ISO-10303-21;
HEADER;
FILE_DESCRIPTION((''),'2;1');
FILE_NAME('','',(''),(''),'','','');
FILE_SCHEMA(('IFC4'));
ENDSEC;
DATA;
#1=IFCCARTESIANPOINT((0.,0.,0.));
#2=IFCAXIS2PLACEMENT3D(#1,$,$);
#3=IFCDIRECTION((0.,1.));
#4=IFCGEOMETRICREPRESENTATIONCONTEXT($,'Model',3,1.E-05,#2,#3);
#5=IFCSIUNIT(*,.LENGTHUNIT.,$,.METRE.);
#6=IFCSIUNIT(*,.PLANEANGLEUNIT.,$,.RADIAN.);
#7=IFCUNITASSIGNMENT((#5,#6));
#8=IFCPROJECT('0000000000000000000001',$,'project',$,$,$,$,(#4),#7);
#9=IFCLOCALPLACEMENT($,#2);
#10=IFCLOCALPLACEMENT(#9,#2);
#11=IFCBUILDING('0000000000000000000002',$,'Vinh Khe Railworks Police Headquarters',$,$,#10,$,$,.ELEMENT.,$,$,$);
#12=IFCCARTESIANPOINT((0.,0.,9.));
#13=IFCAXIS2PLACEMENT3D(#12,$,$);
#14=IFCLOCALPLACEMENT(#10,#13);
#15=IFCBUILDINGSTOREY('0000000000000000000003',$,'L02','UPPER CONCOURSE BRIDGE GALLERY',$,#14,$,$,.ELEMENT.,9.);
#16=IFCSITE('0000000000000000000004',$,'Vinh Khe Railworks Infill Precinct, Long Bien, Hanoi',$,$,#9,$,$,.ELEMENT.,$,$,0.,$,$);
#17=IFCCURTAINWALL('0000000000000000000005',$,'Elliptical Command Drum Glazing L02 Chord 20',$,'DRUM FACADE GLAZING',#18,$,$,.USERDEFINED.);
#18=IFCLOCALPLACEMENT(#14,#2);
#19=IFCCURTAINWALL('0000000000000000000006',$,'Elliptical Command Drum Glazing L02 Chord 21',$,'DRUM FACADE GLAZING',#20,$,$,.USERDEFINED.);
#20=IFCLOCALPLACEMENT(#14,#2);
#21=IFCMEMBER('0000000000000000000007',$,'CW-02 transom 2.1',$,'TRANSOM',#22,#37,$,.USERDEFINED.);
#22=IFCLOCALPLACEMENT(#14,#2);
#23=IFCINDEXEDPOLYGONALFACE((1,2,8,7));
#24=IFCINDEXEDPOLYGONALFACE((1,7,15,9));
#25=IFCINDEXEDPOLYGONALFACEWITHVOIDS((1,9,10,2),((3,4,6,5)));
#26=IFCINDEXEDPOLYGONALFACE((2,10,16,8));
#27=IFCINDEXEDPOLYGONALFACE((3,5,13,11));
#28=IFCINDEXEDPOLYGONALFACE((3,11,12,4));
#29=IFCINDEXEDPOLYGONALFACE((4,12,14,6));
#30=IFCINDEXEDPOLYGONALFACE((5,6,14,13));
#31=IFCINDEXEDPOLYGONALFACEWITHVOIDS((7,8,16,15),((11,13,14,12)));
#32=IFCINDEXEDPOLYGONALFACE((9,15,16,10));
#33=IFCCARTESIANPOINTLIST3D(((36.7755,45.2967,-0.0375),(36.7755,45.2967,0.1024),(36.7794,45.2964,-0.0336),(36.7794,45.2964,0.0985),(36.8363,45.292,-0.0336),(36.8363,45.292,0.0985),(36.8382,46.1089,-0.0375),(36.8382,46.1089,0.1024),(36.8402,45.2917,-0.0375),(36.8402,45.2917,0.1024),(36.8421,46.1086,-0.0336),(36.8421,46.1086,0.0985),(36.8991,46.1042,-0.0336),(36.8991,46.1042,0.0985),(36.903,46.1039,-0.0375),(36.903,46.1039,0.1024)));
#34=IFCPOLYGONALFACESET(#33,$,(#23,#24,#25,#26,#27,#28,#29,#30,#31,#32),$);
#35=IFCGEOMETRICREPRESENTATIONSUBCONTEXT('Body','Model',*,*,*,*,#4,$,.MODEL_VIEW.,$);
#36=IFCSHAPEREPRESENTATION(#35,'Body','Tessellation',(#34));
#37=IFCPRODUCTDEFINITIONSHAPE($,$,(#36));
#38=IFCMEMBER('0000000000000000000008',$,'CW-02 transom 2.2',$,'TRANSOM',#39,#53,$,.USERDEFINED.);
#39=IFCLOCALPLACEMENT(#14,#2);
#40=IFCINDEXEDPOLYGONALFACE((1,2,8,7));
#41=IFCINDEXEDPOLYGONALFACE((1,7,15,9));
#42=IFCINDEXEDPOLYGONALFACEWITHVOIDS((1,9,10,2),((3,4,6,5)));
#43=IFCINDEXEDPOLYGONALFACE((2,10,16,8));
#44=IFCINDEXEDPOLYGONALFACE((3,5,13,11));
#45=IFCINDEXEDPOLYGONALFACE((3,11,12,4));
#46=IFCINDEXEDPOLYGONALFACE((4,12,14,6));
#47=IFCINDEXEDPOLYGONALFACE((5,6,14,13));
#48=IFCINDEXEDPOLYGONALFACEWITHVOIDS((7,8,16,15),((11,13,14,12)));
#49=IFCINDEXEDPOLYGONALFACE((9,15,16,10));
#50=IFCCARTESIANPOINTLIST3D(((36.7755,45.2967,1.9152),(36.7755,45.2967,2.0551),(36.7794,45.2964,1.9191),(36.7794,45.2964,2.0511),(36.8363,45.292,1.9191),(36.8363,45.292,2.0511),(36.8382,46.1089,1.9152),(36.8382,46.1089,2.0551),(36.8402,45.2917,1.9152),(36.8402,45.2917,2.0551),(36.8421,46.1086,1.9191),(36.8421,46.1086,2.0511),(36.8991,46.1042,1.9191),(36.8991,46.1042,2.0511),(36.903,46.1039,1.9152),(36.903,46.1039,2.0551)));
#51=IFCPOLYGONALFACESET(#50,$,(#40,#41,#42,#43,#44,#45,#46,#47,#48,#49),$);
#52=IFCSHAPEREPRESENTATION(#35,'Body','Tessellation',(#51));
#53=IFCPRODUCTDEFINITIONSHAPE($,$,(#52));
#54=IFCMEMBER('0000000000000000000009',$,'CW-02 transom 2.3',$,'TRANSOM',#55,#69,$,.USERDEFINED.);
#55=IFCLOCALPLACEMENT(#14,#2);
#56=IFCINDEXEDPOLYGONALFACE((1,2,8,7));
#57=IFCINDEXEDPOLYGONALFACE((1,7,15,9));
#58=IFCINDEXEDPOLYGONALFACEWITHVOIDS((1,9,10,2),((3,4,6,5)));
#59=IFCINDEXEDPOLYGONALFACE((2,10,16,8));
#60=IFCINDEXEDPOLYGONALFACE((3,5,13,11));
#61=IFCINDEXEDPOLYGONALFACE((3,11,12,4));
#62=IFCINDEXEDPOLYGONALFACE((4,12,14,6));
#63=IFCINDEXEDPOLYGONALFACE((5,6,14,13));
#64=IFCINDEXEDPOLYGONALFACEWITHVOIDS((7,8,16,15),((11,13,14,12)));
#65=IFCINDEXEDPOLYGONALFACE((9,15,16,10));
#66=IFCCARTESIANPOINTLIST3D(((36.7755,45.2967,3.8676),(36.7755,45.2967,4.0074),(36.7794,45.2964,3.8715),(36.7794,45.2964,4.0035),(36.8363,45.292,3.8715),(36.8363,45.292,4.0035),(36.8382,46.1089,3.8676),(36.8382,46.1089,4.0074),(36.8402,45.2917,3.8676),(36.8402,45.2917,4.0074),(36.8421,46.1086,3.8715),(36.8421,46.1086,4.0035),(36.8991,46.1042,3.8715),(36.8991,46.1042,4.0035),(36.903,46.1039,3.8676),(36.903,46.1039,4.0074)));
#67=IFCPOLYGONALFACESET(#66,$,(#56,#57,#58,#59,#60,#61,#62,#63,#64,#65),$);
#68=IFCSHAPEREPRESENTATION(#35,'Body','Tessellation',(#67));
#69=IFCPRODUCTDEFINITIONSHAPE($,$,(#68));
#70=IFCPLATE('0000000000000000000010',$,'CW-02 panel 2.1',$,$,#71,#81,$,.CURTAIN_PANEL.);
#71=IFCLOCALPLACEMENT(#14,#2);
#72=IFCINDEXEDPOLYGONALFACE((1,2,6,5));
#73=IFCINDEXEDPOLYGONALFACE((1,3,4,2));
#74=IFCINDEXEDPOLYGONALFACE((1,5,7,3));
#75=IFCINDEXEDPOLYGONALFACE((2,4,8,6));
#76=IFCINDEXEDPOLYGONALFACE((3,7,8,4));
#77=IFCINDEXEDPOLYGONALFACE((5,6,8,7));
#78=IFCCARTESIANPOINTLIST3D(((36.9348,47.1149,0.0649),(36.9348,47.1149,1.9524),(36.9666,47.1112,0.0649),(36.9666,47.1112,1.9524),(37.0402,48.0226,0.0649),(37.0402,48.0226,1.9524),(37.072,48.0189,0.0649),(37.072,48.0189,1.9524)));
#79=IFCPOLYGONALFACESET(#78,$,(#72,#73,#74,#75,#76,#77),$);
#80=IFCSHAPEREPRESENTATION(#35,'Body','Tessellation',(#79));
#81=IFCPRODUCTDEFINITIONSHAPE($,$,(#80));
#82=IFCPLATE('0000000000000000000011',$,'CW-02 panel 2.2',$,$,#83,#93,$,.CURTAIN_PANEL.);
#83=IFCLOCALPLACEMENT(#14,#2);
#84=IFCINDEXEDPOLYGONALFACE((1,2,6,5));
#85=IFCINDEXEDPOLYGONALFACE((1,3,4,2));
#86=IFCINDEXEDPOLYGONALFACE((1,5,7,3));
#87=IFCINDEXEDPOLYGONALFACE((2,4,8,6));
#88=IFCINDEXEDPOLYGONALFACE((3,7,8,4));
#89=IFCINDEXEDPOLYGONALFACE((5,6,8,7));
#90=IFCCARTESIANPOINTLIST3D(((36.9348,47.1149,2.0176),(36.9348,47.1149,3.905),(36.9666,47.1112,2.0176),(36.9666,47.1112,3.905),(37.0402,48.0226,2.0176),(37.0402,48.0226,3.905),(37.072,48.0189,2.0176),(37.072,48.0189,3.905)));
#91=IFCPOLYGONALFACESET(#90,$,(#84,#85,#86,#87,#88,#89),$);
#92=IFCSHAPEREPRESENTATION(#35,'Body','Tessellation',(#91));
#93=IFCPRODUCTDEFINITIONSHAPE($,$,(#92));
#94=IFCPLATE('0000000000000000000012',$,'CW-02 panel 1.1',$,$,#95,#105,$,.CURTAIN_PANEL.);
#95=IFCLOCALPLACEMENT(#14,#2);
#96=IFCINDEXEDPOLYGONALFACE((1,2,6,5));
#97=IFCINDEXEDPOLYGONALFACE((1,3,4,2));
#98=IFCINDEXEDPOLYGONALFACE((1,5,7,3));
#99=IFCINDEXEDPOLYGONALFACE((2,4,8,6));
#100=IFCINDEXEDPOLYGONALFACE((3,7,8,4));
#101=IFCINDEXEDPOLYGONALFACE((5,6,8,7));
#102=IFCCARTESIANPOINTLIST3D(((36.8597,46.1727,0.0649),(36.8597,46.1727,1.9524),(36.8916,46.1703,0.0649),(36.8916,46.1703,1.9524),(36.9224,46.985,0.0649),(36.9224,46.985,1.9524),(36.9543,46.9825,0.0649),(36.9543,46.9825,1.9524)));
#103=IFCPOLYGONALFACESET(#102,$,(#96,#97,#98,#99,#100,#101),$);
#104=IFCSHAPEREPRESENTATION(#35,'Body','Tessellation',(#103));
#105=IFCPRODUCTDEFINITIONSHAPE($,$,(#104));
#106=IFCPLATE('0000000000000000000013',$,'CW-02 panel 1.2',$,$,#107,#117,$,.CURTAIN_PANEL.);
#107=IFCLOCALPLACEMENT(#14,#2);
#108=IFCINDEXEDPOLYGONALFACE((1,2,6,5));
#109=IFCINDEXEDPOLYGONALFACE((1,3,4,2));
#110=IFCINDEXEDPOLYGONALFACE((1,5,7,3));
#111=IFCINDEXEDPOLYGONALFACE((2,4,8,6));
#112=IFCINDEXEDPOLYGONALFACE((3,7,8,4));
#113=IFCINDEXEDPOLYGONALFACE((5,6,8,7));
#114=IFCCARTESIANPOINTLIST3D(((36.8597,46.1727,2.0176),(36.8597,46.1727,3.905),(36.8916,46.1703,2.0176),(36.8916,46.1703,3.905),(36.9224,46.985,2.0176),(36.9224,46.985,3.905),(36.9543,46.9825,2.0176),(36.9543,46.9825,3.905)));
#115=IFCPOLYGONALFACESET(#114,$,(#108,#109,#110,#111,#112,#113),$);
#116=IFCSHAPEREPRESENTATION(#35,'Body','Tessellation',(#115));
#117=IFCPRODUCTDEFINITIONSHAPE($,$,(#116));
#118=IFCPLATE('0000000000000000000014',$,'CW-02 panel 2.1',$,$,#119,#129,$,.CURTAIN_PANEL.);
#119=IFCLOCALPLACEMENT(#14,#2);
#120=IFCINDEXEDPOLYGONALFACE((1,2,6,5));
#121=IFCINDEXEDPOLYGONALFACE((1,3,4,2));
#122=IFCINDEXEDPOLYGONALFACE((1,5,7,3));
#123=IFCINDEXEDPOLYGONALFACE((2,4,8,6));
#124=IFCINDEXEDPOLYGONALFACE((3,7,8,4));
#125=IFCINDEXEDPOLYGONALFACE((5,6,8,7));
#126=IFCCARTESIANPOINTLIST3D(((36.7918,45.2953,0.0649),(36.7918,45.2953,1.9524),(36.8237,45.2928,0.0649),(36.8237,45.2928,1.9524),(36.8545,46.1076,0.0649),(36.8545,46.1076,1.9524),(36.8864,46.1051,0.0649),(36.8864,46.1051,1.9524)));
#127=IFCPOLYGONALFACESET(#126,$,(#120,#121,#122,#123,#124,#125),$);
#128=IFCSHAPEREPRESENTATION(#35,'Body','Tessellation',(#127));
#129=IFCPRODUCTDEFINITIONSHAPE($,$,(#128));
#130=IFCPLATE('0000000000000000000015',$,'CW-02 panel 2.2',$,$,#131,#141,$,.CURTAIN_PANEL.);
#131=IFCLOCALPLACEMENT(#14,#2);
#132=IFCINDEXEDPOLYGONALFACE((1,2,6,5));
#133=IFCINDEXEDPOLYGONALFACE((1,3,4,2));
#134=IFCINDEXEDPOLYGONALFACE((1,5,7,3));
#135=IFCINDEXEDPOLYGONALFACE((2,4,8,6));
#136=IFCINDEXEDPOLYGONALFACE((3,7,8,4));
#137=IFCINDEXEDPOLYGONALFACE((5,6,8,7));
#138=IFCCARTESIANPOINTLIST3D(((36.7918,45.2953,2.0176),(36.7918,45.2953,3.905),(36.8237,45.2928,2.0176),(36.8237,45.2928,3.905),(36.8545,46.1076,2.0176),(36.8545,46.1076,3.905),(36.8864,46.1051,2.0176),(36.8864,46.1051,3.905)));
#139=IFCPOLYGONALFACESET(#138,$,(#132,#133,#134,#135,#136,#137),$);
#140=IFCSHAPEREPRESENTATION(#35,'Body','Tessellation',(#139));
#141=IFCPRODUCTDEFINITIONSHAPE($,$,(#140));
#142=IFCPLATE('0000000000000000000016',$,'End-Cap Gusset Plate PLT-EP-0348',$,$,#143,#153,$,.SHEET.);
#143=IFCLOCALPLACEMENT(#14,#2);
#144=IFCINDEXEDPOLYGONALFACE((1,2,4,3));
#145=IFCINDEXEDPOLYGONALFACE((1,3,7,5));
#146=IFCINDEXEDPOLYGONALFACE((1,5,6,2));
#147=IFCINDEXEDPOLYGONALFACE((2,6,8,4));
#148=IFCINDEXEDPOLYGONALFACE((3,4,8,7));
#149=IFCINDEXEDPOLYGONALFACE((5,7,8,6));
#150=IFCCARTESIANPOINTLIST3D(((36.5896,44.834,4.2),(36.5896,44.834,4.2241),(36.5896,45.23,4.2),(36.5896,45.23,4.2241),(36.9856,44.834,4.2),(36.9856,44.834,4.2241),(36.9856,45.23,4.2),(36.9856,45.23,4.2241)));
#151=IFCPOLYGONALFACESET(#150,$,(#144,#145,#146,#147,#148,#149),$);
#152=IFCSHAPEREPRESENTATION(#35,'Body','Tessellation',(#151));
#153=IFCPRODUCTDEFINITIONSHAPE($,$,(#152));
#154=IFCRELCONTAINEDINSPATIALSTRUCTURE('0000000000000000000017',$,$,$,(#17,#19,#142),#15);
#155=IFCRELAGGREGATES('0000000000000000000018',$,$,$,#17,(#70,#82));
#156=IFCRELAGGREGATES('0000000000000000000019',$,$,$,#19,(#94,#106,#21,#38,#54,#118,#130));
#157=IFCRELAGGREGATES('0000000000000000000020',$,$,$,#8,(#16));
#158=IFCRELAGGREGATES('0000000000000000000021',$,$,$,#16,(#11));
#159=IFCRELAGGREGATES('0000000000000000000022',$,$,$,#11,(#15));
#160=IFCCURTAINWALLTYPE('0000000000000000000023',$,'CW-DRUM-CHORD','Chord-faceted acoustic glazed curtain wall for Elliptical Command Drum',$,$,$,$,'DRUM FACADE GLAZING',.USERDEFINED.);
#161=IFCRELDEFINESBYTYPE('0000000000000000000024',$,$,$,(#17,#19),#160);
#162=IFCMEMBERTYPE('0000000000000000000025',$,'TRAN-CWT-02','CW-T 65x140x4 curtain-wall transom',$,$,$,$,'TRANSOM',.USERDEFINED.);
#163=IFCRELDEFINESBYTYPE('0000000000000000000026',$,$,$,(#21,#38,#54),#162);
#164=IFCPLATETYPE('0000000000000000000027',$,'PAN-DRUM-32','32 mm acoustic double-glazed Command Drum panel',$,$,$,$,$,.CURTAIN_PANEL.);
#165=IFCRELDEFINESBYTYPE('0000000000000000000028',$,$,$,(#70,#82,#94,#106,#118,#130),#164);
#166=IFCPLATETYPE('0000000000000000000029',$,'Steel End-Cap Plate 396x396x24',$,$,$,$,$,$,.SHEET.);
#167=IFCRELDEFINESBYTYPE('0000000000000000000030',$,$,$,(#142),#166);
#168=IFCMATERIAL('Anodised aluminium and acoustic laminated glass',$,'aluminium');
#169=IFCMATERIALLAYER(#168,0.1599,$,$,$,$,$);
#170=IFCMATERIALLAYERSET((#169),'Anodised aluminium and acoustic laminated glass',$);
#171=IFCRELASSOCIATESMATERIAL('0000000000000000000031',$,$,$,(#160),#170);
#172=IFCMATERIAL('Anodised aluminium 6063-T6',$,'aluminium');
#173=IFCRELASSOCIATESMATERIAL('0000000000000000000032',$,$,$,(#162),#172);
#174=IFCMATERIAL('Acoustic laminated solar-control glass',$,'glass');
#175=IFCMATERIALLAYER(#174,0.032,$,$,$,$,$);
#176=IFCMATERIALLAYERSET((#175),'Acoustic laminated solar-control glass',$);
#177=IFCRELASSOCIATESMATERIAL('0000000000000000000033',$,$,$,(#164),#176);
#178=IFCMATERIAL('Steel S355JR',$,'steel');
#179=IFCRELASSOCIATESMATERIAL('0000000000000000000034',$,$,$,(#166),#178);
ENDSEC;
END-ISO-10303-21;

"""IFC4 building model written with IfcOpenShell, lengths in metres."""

from ifc_helpers import new_model, si_unit, direction, frame, origin, origin_2d, place, context, subcontext, project, spatial, rectangle, hollow_rectangle, extrude, material, layer, layer_set, material_profile, profile_set, type_object, element, aggregate, save


model = new_model("IFC4")

# Units and contexts
model_context = context("Model", 3, precision=1e-05, world=origin(), true_north=direction((0.0, 1.0)))
body_context = subcontext(model_context, "Body", "Model", "MODEL_VIEW")
ifc_project = project(units=[si_unit("LENGTHUNIT", "METRE"), si_unit("PLANEANGLEUNIT", "RADIAN")], contexts=[model_context])

# Site, building, storey
site_placement = place(None, origin())
site = spatial("IfcSite", under=ifc_project, at=site_placement, Name="Vinh Khe Railworks Infill Precinct, Long Bien, Hanoi", CompositionType="ELEMENT", RefElevation=0.0)
building_placement = place(site_placement, origin())
building = spatial("IfcBuilding", under=site, at=building_placement, Name="Vinh Khe Railworks Police Headquarters", CompositionType="ELEMENT")
storey_placement = place(building_placement, frame((0.0, 0.0, 9.0)))
storey = spatial("IfcBuildingStorey", under=building, at=storey_placement, Name="L02", Description="UPPER CONCOURSE BRIDGE GALLERY", CompositionType="ELEMENT", Elevation=9.0)

# Curtain walls
ifc_material_1 = material(Name="Anodised aluminium and acoustic laminated glass", Category="aluminium")
ifc_layer_1 = layer(ifc_material_1, 0.1599)
ifc_layer_set_1 = layer_set([ifc_layer_1], Name="Anodised aluminium and acoustic laminated glass")
curtain_wall_type = type_object("IfcCurtainWallType", Name="CW-DRUM-CHORD", Description="Chord-faceted acoustic glazed curtain wall for Elliptical Command Drum", ElementType="DRUM FACADE GLAZING", PredefinedType="USERDEFINED", material=ifc_layer_set_1)
curtain_wall_1_placement = place(storey_placement, origin())
curtain_wall_1 = element("IfcCurtainWall", 1, at=curtain_wall_1_placement, inside=storey, type_object=curtain_wall_type, Name="Elliptical Command Drum Glazing L02 Chord 20", ObjectType="DRUM FACADE GLAZING", PredefinedType="USERDEFINED")
ifc_material_2 = material(Name="Anodised aluminium 6063-T6", Category="aluminium")
curtain_wall_2_placement = place(storey_placement, origin())
curtain_wall_2 = element("IfcCurtainWall", 2, at=curtain_wall_2_placement, inside=storey, type_object=curtain_wall_type, Name="Elliptical Command Drum Glazing L02 Chord 21", ObjectType="DRUM FACADE GLAZING", PredefinedType="USERDEFINED")

# Members
ifc_material_profile_1 = material_profile(ifc_material_2, hollow_rectangle(XDim=0.0649, YDim=0.1399, WallThickness=0.0039, at=origin_2d()), Name="CW-T 65x140x4")
ifc_profile_set_1 = profile_set([ifc_material_profile_1], Name="Anodised aluminium 6063-T6")
member_type_1 = type_object("IfcMemberType", Name="TRAN-CWT-02", Description="CW-T 65x140x4 curtain-wall transom", ElementType="TRANSOM", PredefinedType="USERDEFINED", material=ifc_profile_set_1)
member_1_placement = place(storey_placement, frame((36.8706, 46.1064, 0.0325), z_axis=(-0.077017, -0.99703, 0.0), x_axis=(0.99703, -0.077017, 0.0)))
member_1 = element("IfcMember", 3, at=member_1_placement, type_object=member_type_1, Name="CW-02 transom 2.1", ObjectType="TRANSOM", PredefinedType="USERDEFINED", context=body_context, shape_type="SweptSolid", body=[
    extrude(hollow_rectangle(XDim=0.0649, YDim=0.1399, WallThickness=0.0039, at=origin_2d()), origin(), (0.0, 0.0, 1.0), 0.8147),
])
member_2_placement = place(storey_placement, frame((36.8706, 46.1064, 1.9851), z_axis=(-0.077017, -0.99703, 0.0), x_axis=(0.99703, -0.077017, 0.0)))
member_2 = element("IfcMember", 4, at=member_2_placement, type_object=member_type_1, Name="CW-02 transom 2.2", ObjectType="TRANSOM", PredefinedType="USERDEFINED", context=body_context, shape_type="SweptSolid", body=[
    extrude(hollow_rectangle(XDim=0.0649, YDim=0.1399, WallThickness=0.0039, at=origin_2d()), origin(), (0.0, 0.0, 1.0), 0.8147),
])
member_3_placement = place(storey_placement, frame((36.8706, 46.1064, 3.9375), z_axis=(-0.077017, -0.99703, 0.0), x_axis=(0.99703, -0.077017, 0.0)))
member_3 = element("IfcMember", 5, at=member_3_placement, type_object=member_type_1, Name="CW-02 transom 2.3", ObjectType="TRANSOM", PredefinedType="USERDEFINED", context=body_context, shape_type="SweptSolid", body=[
    extrude(hollow_rectangle(XDim=0.0649, YDim=0.1399, WallThickness=0.0039, at=origin_2d()), origin(), (0.0, 0.0, 1.0), 0.8147),
])

# Plates
ifc_material_3 = material(Name="Acoustic laminated solar-control glass", Category="glass")
ifc_layer_2 = layer(ifc_material_3, 0.032)
ifc_layer_set_2 = layer_set([ifc_layer_2], Name="Acoustic laminated solar-control glass")
plate_type_1 = type_object("IfcPlateType", Name="PAN-DRUM-32", Description="32 mm acoustic double-glazed Command Drum panel", PredefinedType="CURTAIN_PANEL", material=ifc_layer_set_2)
plate_1_placement = place(storey_placement, frame((37.0034, 47.5669, 0.0649), z_axis=(0.0, 0.0, 1.0), x_axis=(-0.115318, -0.993329, 0.0)))
plate_1 = element("IfcPlate", 6, at=plate_1_placement, type_object=plate_type_1, Name="CW-02 panel 2.1", PredefinedType="CURTAIN_PANEL", context=body_context, shape_type="SweptSolid", body=[
    extrude(rectangle(XDim=0.9138, YDim=0.032, at=origin_2d()), origin(), (0.0, 0.0, 1.0), 1.8875),
])
plate_2_placement = place(storey_placement, frame((37.0034, 47.5669, 2.0176), z_axis=(0.0, 0.0, 1.0), x_axis=(-0.115318, -0.993329, 0.0)))
plate_2 = element("IfcPlate", 7, at=plate_2_placement, type_object=plate_type_1, Name="CW-02 panel 2.2", PredefinedType="CURTAIN_PANEL", context=body_context, shape_type="SweptSolid", body=[
    extrude(rectangle(XDim=0.9138, YDim=0.032, at=origin_2d()), origin(), (0.0, 0.0, 1.0), 1.8875),
])
aggregate(curtain_wall_1, [plate_1, plate_2])
plate_3_placement = place(storey_placement, frame((36.907, 46.5776, 0.0649), z_axis=(0.0, 0.0, 1.0), x_axis=(-0.076969, -0.997033, 0.0)))
plate_3 = element("IfcPlate", 8, at=plate_3_placement, type_object=plate_type_1, Name="CW-02 panel 1.1", PredefinedType="CURTAIN_PANEL", context=body_context, shape_type="SweptSolid", body=[
    extrude(rectangle(XDim=0.8147, YDim=0.032, at=origin_2d()), origin(), (0.0, 0.0, 1.0), 1.8875),
])
plate_4_placement = place(storey_placement, frame((36.907, 46.5776, 2.0176), z_axis=(0.0, 0.0, 1.0), x_axis=(-0.076969, -0.997033, 0.0)))
plate_4 = element("IfcPlate", 9, at=plate_4_placement, type_object=plate_type_1, Name="CW-02 panel 1.2", PredefinedType="CURTAIN_PANEL", context=body_context, shape_type="SweptSolid", body=[
    extrude(rectangle(XDim=0.8147, YDim=0.032, at=origin_2d()), origin(), (0.0, 0.0, 1.0), 1.8875),
])
plate_5_placement = place(storey_placement, frame((36.8391, 45.7002, 0.0649), z_axis=(0.0, 0.0, 1.0), x_axis=(-0.076969, -0.997033, 0.0)))
plate_5 = element("IfcPlate", 10, at=plate_5_placement, type_object=plate_type_1, Name="CW-02 panel 2.1", PredefinedType="CURTAIN_PANEL", context=body_context, shape_type="SweptSolid", body=[
    extrude(rectangle(XDim=0.8147, YDim=0.032, at=origin_2d()), origin(), (0.0, 0.0, 1.0), 1.8875),
])
plate_6_placement = place(storey_placement, frame((36.8391, 45.7002, 2.0176), z_axis=(0.0, 0.0, 1.0), x_axis=(-0.076969, -0.997033, 0.0)))
plate_6 = element("IfcPlate", 11, at=plate_6_placement, type_object=plate_type_1, Name="CW-02 panel 2.2", PredefinedType="CURTAIN_PANEL", context=body_context, shape_type="SweptSolid", body=[
    extrude(rectangle(XDim=0.8147, YDim=0.032, at=origin_2d()), origin(), (0.0, 0.0, 1.0), 1.8875),
])
aggregate(curtain_wall_2, [plate_3, plate_4, member_1, member_2, member_3, plate_5, plate_6])
ifc_material_4 = material(Name="Steel S355JR", Category="steel")
ifc_material_profile_2 = material_profile(ifc_material_4, rectangle(XDim=0.396, YDim=0.396, at=origin_2d()), Name="PL 396x396")
ifc_profile_set_2 = profile_set([ifc_material_profile_2], Name="Steel S355JR")
plate_type_2 = type_object("IfcPlateType", Name="Steel End-Cap Plate 396x396x24", PredefinedType="SHEET", material=ifc_profile_set_2)
plate_7_placement = place(storey_placement, frame((36.7876, 45.032, 4.2), z_axis=(0.0, 0.0, 1.0), x_axis=(1.0, 0.0, 0.0)))
element("IfcPlate", 12, at=plate_7_placement, inside=storey, type_object=plate_type_2, Name="End-Cap Gusset Plate PLT-EP-0348", PredefinedType="SHEET", context=body_context, shape_type="SweptSolid", body=[
    extrude(rectangle(XDim=0.396, YDim=0.396, at=origin_2d()), origin(), (0.0, 0.0, 1.0), 0.0242),
])

save(model, "model.ifc")
